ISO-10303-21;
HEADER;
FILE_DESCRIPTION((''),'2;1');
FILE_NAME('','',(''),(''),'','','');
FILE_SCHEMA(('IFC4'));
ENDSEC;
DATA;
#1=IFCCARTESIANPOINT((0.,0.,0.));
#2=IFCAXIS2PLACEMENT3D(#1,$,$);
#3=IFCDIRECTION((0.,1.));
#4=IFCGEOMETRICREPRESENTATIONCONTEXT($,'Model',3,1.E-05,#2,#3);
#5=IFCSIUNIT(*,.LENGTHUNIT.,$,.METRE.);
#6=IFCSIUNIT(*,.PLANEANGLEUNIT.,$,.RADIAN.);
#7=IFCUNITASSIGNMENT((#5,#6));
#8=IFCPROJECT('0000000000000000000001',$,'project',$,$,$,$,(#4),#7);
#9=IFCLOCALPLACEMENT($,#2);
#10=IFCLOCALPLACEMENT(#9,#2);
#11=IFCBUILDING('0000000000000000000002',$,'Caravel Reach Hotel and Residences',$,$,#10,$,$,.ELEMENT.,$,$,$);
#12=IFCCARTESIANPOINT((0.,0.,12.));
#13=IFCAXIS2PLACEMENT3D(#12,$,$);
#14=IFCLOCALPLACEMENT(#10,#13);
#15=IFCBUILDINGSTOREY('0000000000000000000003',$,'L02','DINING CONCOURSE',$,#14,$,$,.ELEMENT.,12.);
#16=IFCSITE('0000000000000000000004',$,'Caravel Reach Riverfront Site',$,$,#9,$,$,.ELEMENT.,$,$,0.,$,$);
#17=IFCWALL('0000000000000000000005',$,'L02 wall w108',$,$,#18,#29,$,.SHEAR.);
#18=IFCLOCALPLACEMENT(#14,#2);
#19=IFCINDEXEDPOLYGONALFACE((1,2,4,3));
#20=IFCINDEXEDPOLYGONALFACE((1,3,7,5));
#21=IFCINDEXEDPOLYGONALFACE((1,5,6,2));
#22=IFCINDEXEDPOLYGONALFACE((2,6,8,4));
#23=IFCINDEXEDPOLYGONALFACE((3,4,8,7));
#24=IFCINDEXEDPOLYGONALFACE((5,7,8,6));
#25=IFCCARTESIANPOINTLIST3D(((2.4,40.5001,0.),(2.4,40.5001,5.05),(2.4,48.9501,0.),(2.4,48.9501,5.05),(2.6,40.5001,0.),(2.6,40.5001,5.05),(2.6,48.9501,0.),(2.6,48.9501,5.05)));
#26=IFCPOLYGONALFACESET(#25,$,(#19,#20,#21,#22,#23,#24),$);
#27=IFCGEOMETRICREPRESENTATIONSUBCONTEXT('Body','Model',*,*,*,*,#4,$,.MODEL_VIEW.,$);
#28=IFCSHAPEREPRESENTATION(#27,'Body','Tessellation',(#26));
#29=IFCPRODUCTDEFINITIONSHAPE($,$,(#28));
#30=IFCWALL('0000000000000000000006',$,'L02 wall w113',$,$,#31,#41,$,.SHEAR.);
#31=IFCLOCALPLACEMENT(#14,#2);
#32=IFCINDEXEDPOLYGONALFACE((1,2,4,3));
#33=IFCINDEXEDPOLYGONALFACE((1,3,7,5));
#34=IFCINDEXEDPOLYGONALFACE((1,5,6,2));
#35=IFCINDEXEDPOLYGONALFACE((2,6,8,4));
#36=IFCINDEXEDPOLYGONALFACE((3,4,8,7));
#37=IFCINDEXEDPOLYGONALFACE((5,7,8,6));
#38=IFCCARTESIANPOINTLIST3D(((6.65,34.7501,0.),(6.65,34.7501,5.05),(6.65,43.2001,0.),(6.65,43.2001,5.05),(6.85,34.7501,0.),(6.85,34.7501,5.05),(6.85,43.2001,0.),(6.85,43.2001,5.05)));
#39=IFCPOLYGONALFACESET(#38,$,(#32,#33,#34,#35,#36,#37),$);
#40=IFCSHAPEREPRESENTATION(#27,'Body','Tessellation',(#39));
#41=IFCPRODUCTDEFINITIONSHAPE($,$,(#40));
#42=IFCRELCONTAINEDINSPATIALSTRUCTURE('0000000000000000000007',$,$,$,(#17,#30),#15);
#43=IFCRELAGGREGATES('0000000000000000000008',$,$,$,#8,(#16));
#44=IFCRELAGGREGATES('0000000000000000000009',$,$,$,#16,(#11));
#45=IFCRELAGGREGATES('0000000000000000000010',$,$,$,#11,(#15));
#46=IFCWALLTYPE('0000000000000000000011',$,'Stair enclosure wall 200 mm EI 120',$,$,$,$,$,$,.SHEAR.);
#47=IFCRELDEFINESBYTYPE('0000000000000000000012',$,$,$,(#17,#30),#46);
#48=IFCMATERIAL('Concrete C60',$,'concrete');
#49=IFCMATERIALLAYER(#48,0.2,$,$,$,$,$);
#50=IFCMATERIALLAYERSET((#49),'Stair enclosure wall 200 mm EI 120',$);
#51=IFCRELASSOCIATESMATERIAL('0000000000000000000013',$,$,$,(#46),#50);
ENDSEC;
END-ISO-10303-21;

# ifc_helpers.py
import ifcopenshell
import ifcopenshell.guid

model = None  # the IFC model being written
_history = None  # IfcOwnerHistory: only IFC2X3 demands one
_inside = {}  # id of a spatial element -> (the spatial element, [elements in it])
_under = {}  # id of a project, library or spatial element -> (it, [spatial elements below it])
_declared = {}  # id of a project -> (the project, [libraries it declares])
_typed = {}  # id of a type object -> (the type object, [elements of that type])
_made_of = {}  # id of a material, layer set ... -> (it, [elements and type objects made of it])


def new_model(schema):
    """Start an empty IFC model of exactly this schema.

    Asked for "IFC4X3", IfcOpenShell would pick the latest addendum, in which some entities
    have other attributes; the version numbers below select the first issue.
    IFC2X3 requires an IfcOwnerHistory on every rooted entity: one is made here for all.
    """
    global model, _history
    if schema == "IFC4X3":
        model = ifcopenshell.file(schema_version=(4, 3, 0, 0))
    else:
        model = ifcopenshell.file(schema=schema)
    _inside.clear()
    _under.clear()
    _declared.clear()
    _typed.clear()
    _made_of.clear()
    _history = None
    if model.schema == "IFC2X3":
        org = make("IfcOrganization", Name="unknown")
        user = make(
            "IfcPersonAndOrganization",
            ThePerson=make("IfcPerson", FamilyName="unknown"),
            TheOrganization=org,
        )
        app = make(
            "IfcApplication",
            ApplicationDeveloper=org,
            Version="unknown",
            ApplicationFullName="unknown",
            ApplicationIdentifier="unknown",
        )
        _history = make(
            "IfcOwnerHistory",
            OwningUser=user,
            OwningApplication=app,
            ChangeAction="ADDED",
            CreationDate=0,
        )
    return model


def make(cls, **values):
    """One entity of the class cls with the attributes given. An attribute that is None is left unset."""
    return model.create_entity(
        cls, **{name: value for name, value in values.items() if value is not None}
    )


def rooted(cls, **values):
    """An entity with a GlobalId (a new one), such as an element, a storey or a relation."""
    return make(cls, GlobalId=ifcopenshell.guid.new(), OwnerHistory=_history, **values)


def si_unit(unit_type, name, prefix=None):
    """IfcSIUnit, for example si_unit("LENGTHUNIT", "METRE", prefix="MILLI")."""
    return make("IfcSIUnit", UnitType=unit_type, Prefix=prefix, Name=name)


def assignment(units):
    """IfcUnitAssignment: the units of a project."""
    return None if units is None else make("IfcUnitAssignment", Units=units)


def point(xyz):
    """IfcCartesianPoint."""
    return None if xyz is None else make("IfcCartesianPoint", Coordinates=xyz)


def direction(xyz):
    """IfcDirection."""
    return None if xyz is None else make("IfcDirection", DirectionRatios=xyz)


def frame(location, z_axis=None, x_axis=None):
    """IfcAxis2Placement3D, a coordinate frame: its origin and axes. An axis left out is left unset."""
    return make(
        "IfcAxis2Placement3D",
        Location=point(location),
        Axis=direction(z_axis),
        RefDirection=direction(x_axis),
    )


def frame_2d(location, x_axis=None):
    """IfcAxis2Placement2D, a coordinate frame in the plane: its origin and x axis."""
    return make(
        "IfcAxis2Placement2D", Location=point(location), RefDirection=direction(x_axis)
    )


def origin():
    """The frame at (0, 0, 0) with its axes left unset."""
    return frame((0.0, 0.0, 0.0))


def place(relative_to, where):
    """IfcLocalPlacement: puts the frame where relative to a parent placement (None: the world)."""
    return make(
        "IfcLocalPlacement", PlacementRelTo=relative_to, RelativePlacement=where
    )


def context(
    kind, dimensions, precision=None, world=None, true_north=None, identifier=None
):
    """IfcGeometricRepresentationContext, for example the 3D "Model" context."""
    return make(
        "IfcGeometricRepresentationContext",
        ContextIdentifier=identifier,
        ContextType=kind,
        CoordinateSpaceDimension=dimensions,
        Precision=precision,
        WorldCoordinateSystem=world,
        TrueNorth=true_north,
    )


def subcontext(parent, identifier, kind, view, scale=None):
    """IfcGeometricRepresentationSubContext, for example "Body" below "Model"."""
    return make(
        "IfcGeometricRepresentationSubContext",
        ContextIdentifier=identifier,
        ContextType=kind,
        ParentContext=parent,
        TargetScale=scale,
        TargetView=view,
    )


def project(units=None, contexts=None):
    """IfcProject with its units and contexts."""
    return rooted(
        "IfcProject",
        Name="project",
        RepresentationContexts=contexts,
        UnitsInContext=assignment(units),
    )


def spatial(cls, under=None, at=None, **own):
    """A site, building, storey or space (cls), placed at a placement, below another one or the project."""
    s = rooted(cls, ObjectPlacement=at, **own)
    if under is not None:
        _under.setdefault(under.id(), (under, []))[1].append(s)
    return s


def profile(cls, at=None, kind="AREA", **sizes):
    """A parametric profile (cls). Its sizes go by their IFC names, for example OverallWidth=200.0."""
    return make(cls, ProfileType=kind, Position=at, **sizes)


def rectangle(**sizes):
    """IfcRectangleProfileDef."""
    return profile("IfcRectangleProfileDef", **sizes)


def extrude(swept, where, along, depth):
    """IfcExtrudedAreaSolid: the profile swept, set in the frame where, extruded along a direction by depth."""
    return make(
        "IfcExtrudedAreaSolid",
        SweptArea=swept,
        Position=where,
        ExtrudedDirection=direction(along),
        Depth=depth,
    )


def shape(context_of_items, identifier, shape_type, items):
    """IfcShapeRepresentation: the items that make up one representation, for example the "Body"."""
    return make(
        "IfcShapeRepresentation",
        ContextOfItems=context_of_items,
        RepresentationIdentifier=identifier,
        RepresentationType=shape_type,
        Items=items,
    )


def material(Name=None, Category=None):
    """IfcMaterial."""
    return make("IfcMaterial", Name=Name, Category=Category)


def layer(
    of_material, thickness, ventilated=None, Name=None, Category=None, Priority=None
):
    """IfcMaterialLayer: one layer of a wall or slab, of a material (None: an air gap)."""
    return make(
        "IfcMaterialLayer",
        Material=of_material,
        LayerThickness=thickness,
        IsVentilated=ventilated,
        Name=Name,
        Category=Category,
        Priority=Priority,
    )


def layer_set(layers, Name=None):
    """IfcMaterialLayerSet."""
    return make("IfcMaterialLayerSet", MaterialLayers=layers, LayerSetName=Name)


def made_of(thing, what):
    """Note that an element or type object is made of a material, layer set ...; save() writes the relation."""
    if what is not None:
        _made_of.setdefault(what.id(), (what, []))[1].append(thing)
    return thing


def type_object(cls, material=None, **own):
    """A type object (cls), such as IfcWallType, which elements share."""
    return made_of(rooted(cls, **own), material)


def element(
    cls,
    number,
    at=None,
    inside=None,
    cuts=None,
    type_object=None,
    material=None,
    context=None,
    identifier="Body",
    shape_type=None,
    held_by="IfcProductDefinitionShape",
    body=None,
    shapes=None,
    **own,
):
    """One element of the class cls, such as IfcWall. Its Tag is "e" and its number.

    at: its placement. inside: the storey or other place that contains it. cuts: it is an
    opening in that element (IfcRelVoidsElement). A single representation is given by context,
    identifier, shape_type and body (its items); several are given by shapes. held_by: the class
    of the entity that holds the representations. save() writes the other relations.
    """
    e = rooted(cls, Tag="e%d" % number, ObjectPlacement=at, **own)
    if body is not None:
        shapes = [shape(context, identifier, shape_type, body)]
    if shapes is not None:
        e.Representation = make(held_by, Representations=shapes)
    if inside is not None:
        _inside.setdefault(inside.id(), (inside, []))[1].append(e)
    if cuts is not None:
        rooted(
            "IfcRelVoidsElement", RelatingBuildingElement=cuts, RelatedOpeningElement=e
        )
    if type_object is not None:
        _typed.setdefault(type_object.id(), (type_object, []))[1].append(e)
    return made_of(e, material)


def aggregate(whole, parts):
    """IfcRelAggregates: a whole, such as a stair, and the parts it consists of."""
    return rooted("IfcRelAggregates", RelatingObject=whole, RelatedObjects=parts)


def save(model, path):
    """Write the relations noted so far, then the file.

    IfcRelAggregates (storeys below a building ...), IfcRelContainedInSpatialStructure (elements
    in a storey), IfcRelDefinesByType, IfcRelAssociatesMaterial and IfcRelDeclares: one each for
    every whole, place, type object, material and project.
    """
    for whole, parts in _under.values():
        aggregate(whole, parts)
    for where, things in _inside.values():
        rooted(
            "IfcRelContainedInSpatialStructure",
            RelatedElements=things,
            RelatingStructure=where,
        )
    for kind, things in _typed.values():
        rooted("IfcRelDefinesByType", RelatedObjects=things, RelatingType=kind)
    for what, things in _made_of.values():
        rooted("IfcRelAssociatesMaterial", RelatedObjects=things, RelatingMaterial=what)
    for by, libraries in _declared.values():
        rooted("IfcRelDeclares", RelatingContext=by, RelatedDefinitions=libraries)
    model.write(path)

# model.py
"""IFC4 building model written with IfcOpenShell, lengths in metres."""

from ifc_helpers import new_model, si_unit, direction, frame, frame_2d, origin, place, context, subcontext, project, spatial, rectangle, extrude, material, layer, layer_set, type_object, element, save


model = new_model("IFC4")

# Units and contexts
model_context = context("Model", 3, precision=1e-05, world=origin(), true_north=direction((0.0, 1.0)))
body_context = subcontext(model_context, "Body", "Model", "MODEL_VIEW")
ifc_project = project(units=[si_unit("LENGTHUNIT", "METRE"), si_unit("PLANEANGLEUNIT", "RADIAN")], contexts=[model_context])

# Site, building, storey
site_placement = place(None, origin())
site = spatial("IfcSite", under=ifc_project, at=site_placement, Name="Caravel Reach Riverfront Site", CompositionType="ELEMENT", RefElevation=0.0)
building_placement = place(site_placement, origin())
building = spatial("IfcBuilding", under=site, at=building_placement, Name="Caravel Reach Hotel and Residences", CompositionType="ELEMENT")
storey_placement = place(building_placement, frame((0.0, 0.0, 12.0)))
storey = spatial("IfcBuildingStorey", under=building, at=storey_placement, Name="L02", Description="DINING CONCOURSE", CompositionType="ELEMENT", Elevation=12.0)

# Walls
ifc_material_1 = material(Name="Concrete C60", Category="concrete")
ifc_layer_1 = layer(ifc_material_1, 0.2)
ifc_layer_set_1 = layer_set([ifc_layer_1], Name="Stair enclosure wall 200 mm EI 120")
wall_type_1 = type_object("IfcWallType", Name="Stair enclosure wall 200 mm EI 120", PredefinedType="SHEAR", material=ifc_layer_set_1)
for number, where, z_axis, x_axis, name in (
    (1, (2.5, 40.5, 0.0), (0.0, 0.0, 1.0), (0.0, 1.0, 0.0), "L02 wall w108"),
    (2, (6.75, 34.75, 0.0), (0.0, 0.0, 1.0), (0.0, 1.0, 0.0), "L02 wall w113"),
):
    element("IfcWall", number, at=place(storey_placement, frame(where, z_axis=z_axis, x_axis=x_axis)), inside=storey, type_object=wall_type_1, Name=name, PredefinedType="SHEAR", context=body_context, shape_type="SweptSolid", body=[
        extrude(rectangle(XDim=8.45, YDim=0.2, at=frame_2d((4.2251, 0.0))), origin(), (0.0, 0.0, 1.0), 5.05),
    ])

save(model, "model.ifc")
